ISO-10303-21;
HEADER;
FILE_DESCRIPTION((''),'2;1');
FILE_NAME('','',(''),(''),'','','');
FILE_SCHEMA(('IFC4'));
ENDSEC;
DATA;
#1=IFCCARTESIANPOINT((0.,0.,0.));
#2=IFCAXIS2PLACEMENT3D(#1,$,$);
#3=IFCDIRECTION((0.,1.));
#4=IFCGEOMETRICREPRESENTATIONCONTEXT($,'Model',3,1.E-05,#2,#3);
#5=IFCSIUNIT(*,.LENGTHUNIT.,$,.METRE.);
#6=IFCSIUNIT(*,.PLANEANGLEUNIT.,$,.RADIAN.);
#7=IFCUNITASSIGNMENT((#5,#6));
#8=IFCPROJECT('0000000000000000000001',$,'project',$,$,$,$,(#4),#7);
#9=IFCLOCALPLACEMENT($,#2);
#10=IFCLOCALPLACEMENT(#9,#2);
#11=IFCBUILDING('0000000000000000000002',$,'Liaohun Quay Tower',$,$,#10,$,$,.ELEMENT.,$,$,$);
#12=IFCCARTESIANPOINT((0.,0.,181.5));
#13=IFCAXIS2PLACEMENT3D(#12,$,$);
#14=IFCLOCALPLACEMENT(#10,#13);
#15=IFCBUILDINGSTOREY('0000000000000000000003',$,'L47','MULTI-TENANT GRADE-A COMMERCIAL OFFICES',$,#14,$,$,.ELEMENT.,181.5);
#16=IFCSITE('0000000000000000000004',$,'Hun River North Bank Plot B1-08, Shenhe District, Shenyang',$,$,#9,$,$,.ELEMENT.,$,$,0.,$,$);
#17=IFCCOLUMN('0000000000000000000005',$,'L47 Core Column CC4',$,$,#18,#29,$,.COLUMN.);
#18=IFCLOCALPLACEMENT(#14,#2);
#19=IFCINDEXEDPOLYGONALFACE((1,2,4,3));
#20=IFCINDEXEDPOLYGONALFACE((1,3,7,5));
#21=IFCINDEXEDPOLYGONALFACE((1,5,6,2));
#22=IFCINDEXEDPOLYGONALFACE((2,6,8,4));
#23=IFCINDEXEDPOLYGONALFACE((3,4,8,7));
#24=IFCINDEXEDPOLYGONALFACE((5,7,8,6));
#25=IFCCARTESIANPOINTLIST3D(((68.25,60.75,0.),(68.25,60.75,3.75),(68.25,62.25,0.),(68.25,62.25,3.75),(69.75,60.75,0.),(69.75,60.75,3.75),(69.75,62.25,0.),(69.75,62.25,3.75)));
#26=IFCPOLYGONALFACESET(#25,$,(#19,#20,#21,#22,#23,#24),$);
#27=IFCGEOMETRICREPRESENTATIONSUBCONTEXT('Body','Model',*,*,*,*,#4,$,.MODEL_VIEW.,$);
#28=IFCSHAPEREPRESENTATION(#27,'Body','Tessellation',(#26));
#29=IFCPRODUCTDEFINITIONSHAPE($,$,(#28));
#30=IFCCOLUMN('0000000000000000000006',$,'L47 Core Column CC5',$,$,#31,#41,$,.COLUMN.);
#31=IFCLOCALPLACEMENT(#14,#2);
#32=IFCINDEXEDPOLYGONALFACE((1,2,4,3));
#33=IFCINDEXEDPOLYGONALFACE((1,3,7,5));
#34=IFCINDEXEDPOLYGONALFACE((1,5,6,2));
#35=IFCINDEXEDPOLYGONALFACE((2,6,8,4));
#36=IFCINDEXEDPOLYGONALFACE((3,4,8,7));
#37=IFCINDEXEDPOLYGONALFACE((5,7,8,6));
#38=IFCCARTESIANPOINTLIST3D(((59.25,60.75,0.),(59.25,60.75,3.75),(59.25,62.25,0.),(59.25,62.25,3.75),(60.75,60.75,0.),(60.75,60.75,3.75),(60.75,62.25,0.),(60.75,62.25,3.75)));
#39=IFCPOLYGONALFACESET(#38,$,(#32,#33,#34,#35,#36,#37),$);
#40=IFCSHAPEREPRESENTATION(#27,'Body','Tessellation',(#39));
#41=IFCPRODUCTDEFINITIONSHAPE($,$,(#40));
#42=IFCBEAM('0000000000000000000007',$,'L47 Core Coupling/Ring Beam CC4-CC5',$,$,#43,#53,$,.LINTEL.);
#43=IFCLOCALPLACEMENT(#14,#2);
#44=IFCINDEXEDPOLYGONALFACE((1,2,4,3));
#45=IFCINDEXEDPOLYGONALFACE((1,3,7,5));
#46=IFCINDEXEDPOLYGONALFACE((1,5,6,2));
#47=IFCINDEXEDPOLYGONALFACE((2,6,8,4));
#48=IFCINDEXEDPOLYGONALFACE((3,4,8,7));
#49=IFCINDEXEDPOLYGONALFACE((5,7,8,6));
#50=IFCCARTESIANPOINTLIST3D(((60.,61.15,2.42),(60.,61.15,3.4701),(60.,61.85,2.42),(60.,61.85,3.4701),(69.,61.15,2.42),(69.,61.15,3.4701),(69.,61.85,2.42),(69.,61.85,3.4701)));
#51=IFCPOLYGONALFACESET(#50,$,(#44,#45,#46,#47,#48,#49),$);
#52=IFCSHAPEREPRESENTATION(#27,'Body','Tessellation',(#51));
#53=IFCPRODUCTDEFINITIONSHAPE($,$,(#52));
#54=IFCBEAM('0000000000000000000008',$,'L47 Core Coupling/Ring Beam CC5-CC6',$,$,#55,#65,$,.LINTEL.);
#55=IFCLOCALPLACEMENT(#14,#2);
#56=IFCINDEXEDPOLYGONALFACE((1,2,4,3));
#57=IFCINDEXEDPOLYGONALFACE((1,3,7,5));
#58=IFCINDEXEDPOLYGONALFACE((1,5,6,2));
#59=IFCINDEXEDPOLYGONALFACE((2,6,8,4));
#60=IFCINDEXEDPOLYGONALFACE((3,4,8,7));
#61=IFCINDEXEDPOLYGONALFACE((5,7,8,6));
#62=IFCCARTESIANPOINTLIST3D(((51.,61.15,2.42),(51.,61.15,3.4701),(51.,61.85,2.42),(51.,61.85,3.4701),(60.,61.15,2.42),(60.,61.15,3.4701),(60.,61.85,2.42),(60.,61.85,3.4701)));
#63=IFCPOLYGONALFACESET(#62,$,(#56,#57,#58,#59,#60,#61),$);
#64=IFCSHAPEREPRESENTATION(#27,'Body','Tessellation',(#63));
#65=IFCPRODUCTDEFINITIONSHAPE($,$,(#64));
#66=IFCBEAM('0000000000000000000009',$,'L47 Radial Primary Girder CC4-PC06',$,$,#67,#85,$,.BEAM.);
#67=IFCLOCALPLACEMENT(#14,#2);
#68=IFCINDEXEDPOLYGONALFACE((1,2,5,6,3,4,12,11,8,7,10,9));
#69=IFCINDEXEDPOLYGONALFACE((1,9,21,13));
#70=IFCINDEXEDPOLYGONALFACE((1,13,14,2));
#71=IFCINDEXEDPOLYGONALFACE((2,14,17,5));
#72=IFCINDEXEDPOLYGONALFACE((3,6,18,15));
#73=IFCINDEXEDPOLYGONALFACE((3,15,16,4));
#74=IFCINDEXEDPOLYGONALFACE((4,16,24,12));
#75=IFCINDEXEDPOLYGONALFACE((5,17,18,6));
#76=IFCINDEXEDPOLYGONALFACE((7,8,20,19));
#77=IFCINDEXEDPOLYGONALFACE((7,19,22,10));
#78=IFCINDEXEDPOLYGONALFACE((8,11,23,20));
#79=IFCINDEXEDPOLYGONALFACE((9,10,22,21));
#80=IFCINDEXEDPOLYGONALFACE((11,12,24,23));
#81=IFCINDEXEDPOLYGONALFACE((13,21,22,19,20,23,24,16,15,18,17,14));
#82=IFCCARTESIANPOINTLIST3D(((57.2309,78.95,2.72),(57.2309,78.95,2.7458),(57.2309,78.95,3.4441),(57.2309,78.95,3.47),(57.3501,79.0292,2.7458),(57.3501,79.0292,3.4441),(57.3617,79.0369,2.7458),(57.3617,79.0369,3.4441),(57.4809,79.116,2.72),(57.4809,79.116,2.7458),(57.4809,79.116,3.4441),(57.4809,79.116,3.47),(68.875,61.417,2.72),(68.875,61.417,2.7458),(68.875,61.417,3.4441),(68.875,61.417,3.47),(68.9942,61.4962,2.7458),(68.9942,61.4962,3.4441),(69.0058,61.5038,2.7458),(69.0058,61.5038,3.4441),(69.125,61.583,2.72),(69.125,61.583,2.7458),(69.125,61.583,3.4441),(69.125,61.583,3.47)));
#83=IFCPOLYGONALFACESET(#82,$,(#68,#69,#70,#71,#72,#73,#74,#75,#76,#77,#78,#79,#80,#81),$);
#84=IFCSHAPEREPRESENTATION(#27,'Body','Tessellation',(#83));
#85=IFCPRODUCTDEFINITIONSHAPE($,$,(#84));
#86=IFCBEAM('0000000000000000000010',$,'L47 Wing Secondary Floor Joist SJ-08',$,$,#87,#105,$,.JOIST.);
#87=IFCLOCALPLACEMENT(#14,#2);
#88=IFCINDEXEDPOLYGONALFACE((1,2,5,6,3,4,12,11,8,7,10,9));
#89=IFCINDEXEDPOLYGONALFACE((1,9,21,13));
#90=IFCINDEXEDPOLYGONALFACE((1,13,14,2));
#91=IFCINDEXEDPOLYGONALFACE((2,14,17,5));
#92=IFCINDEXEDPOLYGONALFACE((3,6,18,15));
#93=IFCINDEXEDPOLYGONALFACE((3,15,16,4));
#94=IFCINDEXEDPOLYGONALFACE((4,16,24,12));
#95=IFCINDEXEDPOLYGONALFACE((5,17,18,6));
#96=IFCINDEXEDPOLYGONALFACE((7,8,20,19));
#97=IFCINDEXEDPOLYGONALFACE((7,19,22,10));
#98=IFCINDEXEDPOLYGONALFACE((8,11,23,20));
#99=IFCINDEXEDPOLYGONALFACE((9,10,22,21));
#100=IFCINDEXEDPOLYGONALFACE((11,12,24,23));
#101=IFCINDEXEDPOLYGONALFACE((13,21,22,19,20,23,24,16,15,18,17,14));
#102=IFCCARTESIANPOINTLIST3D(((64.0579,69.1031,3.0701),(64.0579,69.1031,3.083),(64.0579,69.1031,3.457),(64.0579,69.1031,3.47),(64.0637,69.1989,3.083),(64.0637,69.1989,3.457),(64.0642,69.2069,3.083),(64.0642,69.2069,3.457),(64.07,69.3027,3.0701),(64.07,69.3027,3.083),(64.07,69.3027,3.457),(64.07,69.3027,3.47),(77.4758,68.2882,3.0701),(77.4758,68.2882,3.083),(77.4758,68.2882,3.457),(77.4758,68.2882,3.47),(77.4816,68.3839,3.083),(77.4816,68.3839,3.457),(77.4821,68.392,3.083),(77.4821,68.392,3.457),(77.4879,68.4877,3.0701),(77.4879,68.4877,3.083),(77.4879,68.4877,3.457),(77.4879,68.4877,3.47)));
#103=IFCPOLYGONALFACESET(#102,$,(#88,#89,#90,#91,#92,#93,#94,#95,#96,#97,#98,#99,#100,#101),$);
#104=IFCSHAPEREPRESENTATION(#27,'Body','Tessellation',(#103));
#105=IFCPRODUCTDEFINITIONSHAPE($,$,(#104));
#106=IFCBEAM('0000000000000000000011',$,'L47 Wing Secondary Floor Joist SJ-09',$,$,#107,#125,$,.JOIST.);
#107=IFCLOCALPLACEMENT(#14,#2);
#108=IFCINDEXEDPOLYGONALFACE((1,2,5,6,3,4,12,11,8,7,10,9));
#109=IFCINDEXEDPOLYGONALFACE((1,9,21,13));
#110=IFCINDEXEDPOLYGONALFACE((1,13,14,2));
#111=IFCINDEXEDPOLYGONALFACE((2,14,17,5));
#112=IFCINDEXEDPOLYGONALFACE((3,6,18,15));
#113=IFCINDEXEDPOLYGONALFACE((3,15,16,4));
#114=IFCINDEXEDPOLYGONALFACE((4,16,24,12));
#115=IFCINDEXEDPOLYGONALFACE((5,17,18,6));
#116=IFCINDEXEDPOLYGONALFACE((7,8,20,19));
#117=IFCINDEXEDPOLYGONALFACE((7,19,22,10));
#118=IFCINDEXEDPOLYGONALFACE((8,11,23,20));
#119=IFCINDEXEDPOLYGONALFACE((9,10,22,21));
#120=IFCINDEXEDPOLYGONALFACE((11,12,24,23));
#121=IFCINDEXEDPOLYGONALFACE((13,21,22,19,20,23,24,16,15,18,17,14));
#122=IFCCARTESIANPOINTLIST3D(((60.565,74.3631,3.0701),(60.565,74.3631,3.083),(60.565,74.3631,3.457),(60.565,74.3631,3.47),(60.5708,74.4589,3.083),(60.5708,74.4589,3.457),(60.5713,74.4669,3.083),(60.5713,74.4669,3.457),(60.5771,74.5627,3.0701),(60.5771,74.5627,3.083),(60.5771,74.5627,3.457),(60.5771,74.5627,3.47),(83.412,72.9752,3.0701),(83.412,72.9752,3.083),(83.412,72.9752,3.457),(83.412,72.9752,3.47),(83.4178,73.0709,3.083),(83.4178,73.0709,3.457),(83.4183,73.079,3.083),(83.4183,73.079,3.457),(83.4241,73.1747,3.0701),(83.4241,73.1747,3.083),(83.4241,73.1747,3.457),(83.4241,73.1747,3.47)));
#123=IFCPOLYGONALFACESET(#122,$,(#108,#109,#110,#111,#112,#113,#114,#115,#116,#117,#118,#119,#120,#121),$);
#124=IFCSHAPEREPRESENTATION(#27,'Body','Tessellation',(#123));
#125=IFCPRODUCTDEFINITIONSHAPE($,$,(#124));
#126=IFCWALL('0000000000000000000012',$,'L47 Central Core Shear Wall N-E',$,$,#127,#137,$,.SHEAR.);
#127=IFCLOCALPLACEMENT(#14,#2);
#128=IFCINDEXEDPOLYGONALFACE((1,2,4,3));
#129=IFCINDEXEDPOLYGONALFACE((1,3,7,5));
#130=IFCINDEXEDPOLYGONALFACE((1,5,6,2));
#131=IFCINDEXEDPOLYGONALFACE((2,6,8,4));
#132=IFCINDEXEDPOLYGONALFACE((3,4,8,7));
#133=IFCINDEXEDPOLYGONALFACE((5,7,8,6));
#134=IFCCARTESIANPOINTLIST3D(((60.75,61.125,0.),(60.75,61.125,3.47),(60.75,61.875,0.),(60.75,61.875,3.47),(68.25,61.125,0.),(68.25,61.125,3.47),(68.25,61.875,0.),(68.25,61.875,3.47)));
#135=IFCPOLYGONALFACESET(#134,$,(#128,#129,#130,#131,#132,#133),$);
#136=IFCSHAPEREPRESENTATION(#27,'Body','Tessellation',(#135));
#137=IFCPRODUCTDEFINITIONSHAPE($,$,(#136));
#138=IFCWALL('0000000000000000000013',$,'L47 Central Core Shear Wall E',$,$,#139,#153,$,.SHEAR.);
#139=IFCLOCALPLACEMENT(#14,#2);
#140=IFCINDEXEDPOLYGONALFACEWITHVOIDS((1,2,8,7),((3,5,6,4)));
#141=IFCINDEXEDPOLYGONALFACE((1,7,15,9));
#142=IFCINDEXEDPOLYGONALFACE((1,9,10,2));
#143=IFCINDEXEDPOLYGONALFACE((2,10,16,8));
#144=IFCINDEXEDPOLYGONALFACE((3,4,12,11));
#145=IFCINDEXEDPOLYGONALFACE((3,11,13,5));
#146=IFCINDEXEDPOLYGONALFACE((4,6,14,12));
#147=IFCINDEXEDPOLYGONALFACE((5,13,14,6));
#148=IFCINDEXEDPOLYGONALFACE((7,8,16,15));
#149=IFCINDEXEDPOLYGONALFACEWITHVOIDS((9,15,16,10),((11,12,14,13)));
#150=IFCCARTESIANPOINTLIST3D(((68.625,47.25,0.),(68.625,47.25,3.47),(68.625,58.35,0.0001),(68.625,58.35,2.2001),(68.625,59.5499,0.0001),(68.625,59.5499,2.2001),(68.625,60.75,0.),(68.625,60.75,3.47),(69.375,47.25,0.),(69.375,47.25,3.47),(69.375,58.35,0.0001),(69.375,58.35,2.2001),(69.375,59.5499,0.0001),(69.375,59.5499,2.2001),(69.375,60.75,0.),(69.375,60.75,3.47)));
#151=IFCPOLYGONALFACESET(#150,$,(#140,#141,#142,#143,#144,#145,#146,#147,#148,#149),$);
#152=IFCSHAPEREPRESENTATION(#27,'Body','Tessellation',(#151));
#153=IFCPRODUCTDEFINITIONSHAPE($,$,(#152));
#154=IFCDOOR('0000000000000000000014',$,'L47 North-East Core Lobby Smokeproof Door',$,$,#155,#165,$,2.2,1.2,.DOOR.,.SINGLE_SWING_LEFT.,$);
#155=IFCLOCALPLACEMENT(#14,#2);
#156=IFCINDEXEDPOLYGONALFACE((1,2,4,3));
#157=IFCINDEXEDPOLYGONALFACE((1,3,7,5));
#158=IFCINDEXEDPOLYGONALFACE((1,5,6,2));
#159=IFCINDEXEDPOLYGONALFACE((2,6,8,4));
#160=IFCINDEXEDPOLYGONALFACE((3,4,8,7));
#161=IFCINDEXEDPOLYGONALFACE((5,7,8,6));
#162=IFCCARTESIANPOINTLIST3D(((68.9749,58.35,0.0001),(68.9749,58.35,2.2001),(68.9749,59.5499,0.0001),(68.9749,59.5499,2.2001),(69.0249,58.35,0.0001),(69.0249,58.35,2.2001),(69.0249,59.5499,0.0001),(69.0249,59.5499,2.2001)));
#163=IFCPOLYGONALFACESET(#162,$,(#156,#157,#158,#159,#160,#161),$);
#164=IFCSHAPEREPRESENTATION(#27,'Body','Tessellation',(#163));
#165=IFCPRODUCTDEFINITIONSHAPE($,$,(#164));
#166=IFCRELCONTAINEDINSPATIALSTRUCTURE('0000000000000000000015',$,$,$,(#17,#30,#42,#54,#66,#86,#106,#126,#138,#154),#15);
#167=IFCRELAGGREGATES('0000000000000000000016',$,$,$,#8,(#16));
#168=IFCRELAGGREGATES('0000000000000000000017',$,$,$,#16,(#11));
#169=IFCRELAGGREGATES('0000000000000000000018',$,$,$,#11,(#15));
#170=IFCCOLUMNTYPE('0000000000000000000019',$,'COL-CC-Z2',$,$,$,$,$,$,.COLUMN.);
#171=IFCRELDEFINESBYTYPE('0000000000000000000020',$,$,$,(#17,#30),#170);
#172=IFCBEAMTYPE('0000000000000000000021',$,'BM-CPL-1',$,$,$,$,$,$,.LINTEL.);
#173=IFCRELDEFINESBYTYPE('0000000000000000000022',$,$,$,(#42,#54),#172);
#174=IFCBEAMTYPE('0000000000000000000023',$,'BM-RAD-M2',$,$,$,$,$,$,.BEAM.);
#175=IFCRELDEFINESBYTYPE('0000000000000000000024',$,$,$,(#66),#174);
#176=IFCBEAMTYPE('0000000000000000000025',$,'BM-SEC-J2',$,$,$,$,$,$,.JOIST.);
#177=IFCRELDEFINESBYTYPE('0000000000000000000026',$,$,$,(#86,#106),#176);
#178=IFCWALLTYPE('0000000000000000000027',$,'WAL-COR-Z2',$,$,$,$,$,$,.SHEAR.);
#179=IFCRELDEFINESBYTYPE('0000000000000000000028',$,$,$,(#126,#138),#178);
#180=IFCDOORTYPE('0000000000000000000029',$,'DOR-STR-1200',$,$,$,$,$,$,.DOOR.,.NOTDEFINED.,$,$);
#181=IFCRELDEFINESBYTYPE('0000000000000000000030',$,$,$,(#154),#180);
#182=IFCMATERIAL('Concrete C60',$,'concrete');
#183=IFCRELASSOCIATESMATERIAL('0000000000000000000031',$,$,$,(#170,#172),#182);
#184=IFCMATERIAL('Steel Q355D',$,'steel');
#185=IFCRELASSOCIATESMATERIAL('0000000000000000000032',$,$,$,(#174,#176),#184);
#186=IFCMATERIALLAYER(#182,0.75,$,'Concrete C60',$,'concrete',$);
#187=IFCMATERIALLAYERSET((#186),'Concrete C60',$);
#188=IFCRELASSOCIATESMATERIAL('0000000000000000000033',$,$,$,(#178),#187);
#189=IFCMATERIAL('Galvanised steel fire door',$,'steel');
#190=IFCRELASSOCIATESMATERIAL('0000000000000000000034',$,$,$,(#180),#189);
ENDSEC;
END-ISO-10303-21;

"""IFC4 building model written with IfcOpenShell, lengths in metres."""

from ifc_helpers import new_model, si_unit, direction, frame, frame_2d, origin, origin_2d, place, context, subcontext, project, spatial, rectangle, i_section, extrude, source, transform, mapped, material, layer, layer_set, material_profile, profile_set, type_object, element, fill, save


model = new_model("IFC4")

# Units and contexts
model_context = context("Model", 3, precision=1e-05, world=origin(), true_north=direction((0.0, 1.0)))
body_context = subcontext(model_context, "Body", "Model", "MODEL_VIEW")
ifc_project = project(units=[si_unit("LENGTHUNIT", "METRE"), si_unit("PLANEANGLEUNIT", "RADIAN")], contexts=[model_context])

# Site, building, storey
site_placement = place(None, origin())
site = spatial("IfcSite", under=ifc_project, at=site_placement, Name="Hun River North Bank Plot B1-08, Shenhe District, Shenyang", CompositionType="ELEMENT", RefElevation=0.0)
building_placement = place(site_placement, origin())
building = spatial("IfcBuilding", under=site, at=building_placement, Name="Liaohun Quay Tower", CompositionType="ELEMENT")
storey_placement = place(building_placement, frame((0.0, 0.0, 181.5)))
storey = spatial("IfcBuildingStorey", under=building, at=storey_placement, Name="L47", Description="MULTI-TENANT GRADE-A COMMERCIAL OFFICES", CompositionType="ELEMENT", Elevation=181.5)

# Columns
ifc_material_1 = material(Name="Concrete C60", Category="concrete")
ifc_material_profile_1 = material_profile(ifc_material_1, rectangle(XDim=1.5, YDim=1.5, at=origin_2d()), Name="RC1500x1500")
ifc_profile_set_1 = profile_set([ifc_material_profile_1], Name="Concrete C60")
column_type = type_object("IfcColumnType", Name="COL-CC-Z2", PredefinedType="COLUMN", material=ifc_profile_set_1)
shared_shape_1 = source(origin(), body_context, "Body", "SweptSolid", [
    extrude(rectangle(XDim=1.5, YDim=1.5, at=origin_2d()), origin(), (0.0, 0.0, 1.0), 3.75),
])
for number, where, z_axis, x_axis, name in (
    (1, (69.0, 61.5, 0.0), (0.0, 0.0, 1.0), (1.0, 0.0, 0.0), "L47 Core Column CC4"),
    (2, (60.0, 61.5, 0.0), (0.0, 0.0, 1.0), (1.0, 0.0, 0.0), "L47 Core Column CC5"),
):
    element("IfcColumn", number, at=place(storey_placement, frame(where, z_axis=z_axis, x_axis=x_axis)), inside=storey, type_object=column_type, Name=name, PredefinedType="COLUMN", context=body_context, shape_type="MappedRepresentation", body=[
        mapped(shared_shape_1, transform((0.0, 0.0, 0.0), x_axis=(1.0, 0.0, 0.0), y_axis=(0.0, 1.0, 0.0), z_axis=(0.0, 0.0, 1.0), scale=1.0)),
    ])

# Beams
ifc_material_profile_2 = material_profile(ifc_material_1, rectangle(XDim=0.7, YDim=1.05, at=origin_2d()), Name="RC700x1050")
ifc_profile_set_2 = profile_set([ifc_material_profile_2], Name="Concrete C60")
beam_type_1 = type_object("IfcBeamType", Name="BM-CPL-1", PredefinedType="LINTEL", material=ifc_profile_set_2)
shared_shape_2 = source(origin(), body_context, "Body", "SweptSolid", [
    extrude(rectangle(XDim=0.7, YDim=1.05, at=origin_2d()), origin(), (0.0, 0.0, 1.0), 9.0),
])
for number, where, z_axis, x_axis, name in (
    (3, (69.0, 61.5, 2.9451), (-1.0, 0.0, 0.0), (0.0, -1.0, 0.0), "L47 Core Coupling/Ring Beam CC4-CC5"),
    (4, (60.0, 61.5, 2.9451), (-1.0, 0.0, 0.0), (0.0, -1.0, 0.0), "L47 Core Coupling/Ring Beam CC5-CC6"),
):
    element("IfcBeam", number, at=place(storey_placement, frame(where, z_axis=z_axis, x_axis=x_axis)), inside=storey, type_object=beam_type_1, Name=name, PredefinedType="LINTEL", context=body_context, shape_type="MappedRepresentation", body=[
        mapped(shared_shape_2, transform((0.0, 0.0, 0.0), x_axis=(1.0, 0.0, 0.0), y_axis=(0.0, 1.0, 0.0), z_axis=(0.0, 0.0, 1.0), scale=1.0)),
    ])
ifc_material_2 = material(Name="Steel Q355D", Category="steel")
ifc_material_profile_3 = material_profile(ifc_material_2, i_section(OverallWidth=0.3, OverallDepth=0.75, WebThickness=0.0139, FlangeThickness=0.0259, at=origin_2d()), Name="HN750x300x14x26")
ifc_profile_set_3 = profile_set([ifc_material_profile_3], Name="Steel Q355D")
beam_type_2 = type_object("IfcBeamType", Name="BM-RAD-M2", PredefinedType="BEAM", material=ifc_profile_set_3)
shared_shape_3 = source(origin(), body_context, "Body", "SweptSolid", [
    extrude(i_section(OverallWidth=0.3, OverallDepth=0.75, WebThickness=0.0139, FlangeThickness=0.0259, at=origin_2d()), origin(), (0.0, 0.0, 1.0), 21.0474),
])
beam_1_placement = place(storey_placement, frame((69.0, 61.5, 3.095), z_axis=(-0.553232, 0.833027, 0.0), x_axis=(-0.833027, -0.553232, 0.0)))
element("IfcBeam", 5, at=beam_1_placement, inside=storey, type_object=beam_type_2, Name="L47 Radial Primary Girder CC4-PC06", PredefinedType="BEAM", context=body_context, shape_type="MappedRepresentation", body=[
    mapped(shared_shape_3, transform((0.0, 0.0, 0.0), x_axis=(1.0, 0.0, 0.0), y_axis=(0.0, 1.0, 0.0), z_axis=(0.0, 0.0, 1.0), scale=1.0)),
])
ifc_material_profile_4 = material_profile(ifc_material_2, i_section(OverallWidth=0.2, OverallDepth=0.3999, WebThickness=0.0081, FlangeThickness=0.0129, at=origin_2d()), Name="HN400x200x8x13")
ifc_profile_set_4 = profile_set([ifc_material_profile_4], Name="Steel Q355D")
beam_type_3 = type_object("IfcBeamType", Name="BM-SEC-J2", PredefinedType="JOIST", material=ifc_profile_set_4)
shared_shape_4 = source(origin(), body_context, "Body", "SweptSolid", [
    extrude(i_section(OverallWidth=0.2, OverallDepth=0.3999, WebThickness=0.0081, FlangeThickness=0.0129, at=origin_2d()), origin(), (0.0, 0.0, 1.0), 13.4426),
])
beam_2_placement = place(storey_placement, frame((64.064, 69.2029, 3.27), z_axis=(0.998161, -0.060623, 0.0), x_axis=(0.060623, 0.998161, 0.0)))
element("IfcBeam", 6, at=beam_2_placement, inside=storey, type_object=beam_type_3, Name="L47 Wing Secondary Floor Joist SJ-08", PredefinedType="JOIST", context=body_context, shape_type="MappedRepresentation", body=[
    mapped(shared_shape_4, transform((0.0, 0.0, 0.0), x_axis=(1.0, 0.0, 0.0), y_axis=(0.0, 1.0, 0.0), z_axis=(0.0, 0.0, 1.0), scale=1.0)),
])
shared_shape_5 = source(origin(), body_context, "Body", "SweptSolid", [
    extrude(i_section(OverallWidth=0.2, OverallDepth=0.3999, WebThickness=0.0081, FlangeThickness=0.0129, at=origin_2d()), origin(), (0.0, 0.0, 1.0), 22.8892),
])
beam_3_placement = place(storey_placement, frame((60.571, 74.4629, 3.27), z_axis=(0.99816, -0.060638, 0.0), x_axis=(0.060638, 0.99816, 0.0)))
element("IfcBeam", 7, at=beam_3_placement, inside=storey, type_object=beam_type_3, Name="L47 Wing Secondary Floor Joist SJ-09", PredefinedType="JOIST", context=body_context, shape_type="MappedRepresentation", body=[
    mapped(shared_shape_5, transform((0.0, 0.0, 0.0), x_axis=(1.0, 0.0, 0.0), y_axis=(0.0, 1.0, 0.0), z_axis=(0.0, 0.0, 1.0), scale=1.0)),
])

# Wall
ifc_layer_1 = layer(ifc_material_1, 0.75, Name="Concrete C60", Category="concrete")
ifc_layer_set_1 = layer_set([ifc_layer_1], Name="Concrete C60")
wall_type_1 = type_object("IfcWallType", Name="WAL-COR-Z2", PredefinedType="SHEAR", material=ifc_layer_set_1)
wall_1_placement = place(storey_placement, frame((60.75, 61.5, 0.0), z_axis=(0.0, 0.0, 1.0), x_axis=(1.0, 0.0, 0.0)))
element("IfcWall", 8, at=wall_1_placement, inside=storey, type_object=wall_type_1, Name="L47 Central Core Shear Wall N-E", PredefinedType="SHEAR", context=body_context, shape_type="SweptSolid", body=[
    extrude(rectangle(XDim=7.5, YDim=0.75, at=frame_2d((3.75, 0.0))), origin(), (0.0, 0.0, 1.0), 3.47),
])

# Wall, opening, door
wall_2_placement = place(storey_placement, frame((69.0, 60.75, 0.0), z_axis=(0.0, 0.0, 1.0), x_axis=(0.0, -1.0, 0.0)))
wall_2 = element("IfcWall", 9, at=wall_2_placement, inside=storey, type_object=wall_type_1, Name="L47 Central Core Shear Wall E", PredefinedType="SHEAR", context=body_context, shape_type="SweptSolid", body=[
    extrude(rectangle(XDim=13.5, YDim=0.75, at=frame_2d((6.75, 0.0))), origin(), (0.0, 0.0, 1.0), 3.47),
])
shared_shape_6 = source(origin(), body_context, "Body", "SweptSolid", [
    extrude(rectangle(XDim=1.2, YDim=2.2, at=frame_2d((0.6001, 1.1001))), frame((0.0, 0.385, 0.0), z_axis=(0.0, -1.0, 0.0), x_axis=(1.0, 0.0, 0.0)), (0.0, 0.0, 1.0), 0.77),
])
opening_1_placement = place(wall_2_placement, frame((1.2, 0.0, 0.0)))
opening_1 = element("IfcOpeningElement", 10, at=opening_1_placement, cuts=wall_2, PredefinedType="OPENING", context=body_context, shape_type="MappedRepresentation", body=[
    mapped(shared_shape_6, transform((0.0, 0.0, 0.0), x_axis=(1.0, 0.0, 0.0), y_axis=(0.0, 1.0, 0.0), z_axis=(0.0, 0.0, 1.0), scale=1.0)),
])
ifc_material_3 = material(Name="Galvanised steel fire door", Category="steel")
door_type_1 = type_object("IfcDoorType", Name="DOR-STR-1200", OperationType="NOTDEFINED", PredefinedType="DOOR", material=ifc_material_3)
shared_shape_7 = source(origin(), body_context, "Body", "SweptSolid", [
    extrude(rectangle(XDim=1.2, YDim=2.2, at=frame_2d((0.6001, 1.1001))), frame((0.0, 0.0249, 0.0), z_axis=(0.0, -1.0, 0.0), x_axis=(1.0, 0.0, 0.0)), (0.0, 0.0, 1.0), 0.05),
])
door_1_placement = place(opening_1_placement, origin())
door_1 = element("IfcDoor", 11, at=door_1_placement, inside=storey, type_object=door_type_1, Name="L47 North-East Core Lobby Smokeproof Door", OperationType="SINGLE_SWING_LEFT", OverallHeight=2.2, OverallWidth=1.2, PredefinedType="DOOR", context=body_context, shape_type="MappedRepresentation", body=[
    mapped(shared_shape_7, transform((0.0, 0.0, 0.0), x_axis=(1.0, 0.0, 0.0), y_axis=(0.0, 1.0, 0.0), z_axis=(0.0, 0.0, 1.0), scale=1.0)),
])
fill(opening_1, door_1)

save(model, "model.ifc")
